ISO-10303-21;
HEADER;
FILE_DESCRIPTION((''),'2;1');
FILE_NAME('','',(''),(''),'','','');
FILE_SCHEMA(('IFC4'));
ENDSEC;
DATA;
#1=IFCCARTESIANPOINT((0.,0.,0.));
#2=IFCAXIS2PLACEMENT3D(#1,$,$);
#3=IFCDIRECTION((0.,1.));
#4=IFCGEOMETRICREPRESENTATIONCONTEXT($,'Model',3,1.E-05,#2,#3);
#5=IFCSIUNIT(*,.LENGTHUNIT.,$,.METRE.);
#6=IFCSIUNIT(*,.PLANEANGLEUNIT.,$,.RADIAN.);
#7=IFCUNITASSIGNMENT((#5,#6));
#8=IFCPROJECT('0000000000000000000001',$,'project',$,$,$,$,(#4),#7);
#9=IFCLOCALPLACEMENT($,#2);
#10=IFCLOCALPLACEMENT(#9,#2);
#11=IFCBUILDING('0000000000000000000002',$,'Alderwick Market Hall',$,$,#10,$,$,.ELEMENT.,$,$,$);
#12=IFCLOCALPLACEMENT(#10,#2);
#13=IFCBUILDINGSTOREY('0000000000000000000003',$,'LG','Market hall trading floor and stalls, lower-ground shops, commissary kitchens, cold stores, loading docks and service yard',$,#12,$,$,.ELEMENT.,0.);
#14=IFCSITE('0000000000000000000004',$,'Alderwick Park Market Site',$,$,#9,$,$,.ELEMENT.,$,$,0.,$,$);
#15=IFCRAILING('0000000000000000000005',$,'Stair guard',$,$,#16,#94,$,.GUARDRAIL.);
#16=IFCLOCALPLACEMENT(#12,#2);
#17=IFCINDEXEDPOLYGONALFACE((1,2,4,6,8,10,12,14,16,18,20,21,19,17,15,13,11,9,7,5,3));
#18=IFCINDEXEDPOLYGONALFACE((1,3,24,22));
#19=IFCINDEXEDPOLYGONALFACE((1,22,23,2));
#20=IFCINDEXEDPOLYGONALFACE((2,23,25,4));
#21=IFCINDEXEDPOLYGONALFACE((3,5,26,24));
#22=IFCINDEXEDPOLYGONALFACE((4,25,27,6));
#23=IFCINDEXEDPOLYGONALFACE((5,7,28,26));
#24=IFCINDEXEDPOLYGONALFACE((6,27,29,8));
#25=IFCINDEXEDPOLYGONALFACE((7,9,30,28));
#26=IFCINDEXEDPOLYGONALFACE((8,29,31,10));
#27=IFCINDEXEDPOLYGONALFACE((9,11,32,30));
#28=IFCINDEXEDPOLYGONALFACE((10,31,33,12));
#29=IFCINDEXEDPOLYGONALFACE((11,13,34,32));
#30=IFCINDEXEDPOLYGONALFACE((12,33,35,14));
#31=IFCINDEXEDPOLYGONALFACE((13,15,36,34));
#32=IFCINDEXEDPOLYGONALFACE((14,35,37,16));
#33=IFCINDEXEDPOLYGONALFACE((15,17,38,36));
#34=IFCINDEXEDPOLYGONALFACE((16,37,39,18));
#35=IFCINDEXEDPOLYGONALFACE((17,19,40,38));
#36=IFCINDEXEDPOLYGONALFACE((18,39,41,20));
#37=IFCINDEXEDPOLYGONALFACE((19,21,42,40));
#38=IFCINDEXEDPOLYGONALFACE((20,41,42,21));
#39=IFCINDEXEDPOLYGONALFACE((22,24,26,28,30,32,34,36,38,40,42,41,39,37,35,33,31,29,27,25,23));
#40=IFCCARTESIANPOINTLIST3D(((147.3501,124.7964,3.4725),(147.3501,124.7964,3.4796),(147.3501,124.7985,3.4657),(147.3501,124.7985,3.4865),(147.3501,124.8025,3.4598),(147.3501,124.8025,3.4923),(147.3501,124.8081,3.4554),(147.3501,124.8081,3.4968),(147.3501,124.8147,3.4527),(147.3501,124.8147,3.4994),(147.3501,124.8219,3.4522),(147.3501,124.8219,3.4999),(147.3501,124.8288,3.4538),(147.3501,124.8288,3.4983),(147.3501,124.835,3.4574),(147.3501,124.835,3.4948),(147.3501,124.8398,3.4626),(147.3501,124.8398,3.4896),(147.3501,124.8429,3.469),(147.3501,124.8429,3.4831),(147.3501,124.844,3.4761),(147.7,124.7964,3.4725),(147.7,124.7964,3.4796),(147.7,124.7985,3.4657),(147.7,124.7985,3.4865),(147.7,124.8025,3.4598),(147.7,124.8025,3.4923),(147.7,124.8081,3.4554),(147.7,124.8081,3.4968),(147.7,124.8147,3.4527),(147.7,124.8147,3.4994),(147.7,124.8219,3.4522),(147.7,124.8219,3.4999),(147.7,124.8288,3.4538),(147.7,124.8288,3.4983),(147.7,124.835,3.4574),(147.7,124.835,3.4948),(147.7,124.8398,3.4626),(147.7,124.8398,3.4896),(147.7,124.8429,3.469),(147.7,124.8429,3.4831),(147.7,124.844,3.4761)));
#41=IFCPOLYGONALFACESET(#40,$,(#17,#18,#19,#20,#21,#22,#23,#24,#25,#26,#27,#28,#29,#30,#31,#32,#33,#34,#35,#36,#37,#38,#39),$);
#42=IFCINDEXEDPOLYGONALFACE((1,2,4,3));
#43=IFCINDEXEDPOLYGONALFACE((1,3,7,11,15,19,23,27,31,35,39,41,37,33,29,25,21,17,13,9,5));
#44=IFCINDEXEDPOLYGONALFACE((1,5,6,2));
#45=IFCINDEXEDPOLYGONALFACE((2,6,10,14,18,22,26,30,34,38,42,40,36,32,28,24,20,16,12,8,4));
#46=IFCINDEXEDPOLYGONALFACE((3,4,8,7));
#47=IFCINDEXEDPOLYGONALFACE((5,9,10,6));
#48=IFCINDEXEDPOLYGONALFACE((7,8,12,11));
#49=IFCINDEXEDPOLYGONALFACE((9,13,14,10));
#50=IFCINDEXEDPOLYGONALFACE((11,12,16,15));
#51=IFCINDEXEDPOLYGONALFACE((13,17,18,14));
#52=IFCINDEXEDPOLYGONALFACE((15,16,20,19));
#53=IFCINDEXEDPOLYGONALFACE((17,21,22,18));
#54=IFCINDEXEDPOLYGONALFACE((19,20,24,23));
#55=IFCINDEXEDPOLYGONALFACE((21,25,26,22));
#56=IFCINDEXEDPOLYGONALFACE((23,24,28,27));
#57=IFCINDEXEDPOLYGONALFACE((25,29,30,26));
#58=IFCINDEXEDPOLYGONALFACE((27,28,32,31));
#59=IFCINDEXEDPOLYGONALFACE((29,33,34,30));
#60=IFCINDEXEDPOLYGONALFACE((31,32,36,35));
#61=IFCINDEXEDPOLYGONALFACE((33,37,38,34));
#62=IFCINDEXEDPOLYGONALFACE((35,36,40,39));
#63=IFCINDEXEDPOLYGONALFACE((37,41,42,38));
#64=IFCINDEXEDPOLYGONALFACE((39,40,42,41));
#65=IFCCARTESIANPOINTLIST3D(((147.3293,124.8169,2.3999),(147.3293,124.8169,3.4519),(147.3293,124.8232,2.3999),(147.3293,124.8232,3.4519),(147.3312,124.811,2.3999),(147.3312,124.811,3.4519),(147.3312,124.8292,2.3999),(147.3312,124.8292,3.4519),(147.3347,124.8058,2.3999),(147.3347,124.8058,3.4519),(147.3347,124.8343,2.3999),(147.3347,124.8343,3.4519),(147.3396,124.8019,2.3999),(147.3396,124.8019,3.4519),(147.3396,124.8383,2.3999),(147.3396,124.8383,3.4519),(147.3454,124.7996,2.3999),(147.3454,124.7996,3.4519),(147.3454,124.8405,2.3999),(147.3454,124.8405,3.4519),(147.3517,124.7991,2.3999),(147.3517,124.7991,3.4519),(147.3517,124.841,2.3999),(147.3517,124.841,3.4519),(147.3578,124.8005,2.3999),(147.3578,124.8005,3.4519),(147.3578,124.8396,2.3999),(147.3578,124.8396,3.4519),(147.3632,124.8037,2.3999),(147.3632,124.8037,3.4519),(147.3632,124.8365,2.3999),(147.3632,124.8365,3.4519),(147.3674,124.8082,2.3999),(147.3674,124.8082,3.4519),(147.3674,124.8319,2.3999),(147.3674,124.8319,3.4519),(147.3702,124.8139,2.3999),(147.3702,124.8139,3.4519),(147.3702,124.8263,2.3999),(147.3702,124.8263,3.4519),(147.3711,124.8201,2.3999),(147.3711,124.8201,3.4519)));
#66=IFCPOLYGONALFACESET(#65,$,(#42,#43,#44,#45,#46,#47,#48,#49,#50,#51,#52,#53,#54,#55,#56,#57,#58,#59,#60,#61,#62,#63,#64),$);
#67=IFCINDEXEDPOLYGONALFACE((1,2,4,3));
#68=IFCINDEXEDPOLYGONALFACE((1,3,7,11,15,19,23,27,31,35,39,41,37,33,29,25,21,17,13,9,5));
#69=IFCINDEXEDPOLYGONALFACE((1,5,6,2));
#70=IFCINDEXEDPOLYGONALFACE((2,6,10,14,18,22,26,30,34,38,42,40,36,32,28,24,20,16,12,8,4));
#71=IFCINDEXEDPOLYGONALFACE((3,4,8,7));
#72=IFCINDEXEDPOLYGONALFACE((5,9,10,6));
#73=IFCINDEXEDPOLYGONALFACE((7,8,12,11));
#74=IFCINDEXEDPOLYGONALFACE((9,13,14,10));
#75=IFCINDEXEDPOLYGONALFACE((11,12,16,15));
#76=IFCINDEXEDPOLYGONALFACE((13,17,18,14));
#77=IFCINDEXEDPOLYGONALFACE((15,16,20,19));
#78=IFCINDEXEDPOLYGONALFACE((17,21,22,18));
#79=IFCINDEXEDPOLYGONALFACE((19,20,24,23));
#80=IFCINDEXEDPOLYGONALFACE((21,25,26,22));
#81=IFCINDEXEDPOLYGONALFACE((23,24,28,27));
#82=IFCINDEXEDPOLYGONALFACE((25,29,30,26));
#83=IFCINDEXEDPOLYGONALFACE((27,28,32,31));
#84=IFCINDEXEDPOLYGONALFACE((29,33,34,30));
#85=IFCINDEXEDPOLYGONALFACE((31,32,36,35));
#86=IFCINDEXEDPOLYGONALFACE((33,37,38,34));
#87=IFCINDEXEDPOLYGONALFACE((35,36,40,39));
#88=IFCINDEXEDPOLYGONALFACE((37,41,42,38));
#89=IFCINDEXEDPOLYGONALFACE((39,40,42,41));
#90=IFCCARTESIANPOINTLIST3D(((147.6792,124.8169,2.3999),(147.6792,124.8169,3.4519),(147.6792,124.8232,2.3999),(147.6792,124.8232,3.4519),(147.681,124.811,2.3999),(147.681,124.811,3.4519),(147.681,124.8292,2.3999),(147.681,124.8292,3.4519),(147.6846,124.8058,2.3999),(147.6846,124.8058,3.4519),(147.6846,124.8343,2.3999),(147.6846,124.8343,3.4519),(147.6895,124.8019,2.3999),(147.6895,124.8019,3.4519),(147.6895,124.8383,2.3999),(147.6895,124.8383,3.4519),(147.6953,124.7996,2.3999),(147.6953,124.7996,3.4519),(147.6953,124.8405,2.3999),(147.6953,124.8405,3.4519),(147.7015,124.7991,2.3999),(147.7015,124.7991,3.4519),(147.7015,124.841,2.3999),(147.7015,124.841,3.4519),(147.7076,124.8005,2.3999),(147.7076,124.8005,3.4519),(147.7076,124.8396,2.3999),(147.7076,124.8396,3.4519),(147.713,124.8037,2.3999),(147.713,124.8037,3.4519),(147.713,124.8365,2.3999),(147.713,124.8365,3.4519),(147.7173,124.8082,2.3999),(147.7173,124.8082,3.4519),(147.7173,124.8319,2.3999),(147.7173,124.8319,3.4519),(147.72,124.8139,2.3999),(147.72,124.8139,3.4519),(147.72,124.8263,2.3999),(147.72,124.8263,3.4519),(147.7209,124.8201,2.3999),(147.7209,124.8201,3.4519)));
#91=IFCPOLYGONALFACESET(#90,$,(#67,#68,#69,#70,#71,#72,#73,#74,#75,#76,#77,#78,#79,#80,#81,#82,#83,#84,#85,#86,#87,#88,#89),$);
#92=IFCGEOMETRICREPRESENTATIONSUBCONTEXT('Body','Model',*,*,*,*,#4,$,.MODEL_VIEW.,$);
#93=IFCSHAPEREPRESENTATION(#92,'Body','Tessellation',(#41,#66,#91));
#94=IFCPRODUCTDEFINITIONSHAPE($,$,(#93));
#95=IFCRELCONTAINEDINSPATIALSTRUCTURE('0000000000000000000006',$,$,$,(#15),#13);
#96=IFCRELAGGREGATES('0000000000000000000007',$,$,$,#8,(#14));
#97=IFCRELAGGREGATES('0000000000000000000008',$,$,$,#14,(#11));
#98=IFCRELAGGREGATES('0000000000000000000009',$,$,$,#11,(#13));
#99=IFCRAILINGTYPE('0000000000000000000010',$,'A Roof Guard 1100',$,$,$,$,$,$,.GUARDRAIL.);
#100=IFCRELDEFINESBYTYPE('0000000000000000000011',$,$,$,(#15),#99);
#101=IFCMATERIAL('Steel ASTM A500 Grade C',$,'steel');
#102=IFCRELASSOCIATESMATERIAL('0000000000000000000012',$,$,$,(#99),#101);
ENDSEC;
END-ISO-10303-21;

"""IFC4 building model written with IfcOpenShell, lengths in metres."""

from ifc_helpers import new_model, si_unit, direction, frame, origin, origin_2d, place, context, subcontext, project, spatial, circle, extrude, material, type_object, element, save


model = new_model("IFC4")

# Units and contexts
model_context = context("Model", 3, precision=1e-05, world=origin(), true_north=direction((0.0, 1.0)))
body_context = subcontext(model_context, "Body", "Model", "MODEL_VIEW")
ifc_project = project(units=[si_unit("LENGTHUNIT", "METRE"), si_unit("PLANEANGLEUNIT", "RADIAN")], contexts=[model_context])

# Site, building, storey
site_placement = place(None, origin())
site = spatial("IfcSite", under=ifc_project, at=site_placement, Name="Alderwick Park Market Site", CompositionType="ELEMENT", RefElevation=0.0)
building_placement = place(site_placement, origin())
building = spatial("IfcBuilding", under=site, at=building_placement, Name="Alderwick Market Hall", CompositionType="ELEMENT")
storey_placement = place(building_placement, origin())
storey = spatial("IfcBuildingStorey", under=building, at=storey_placement, Name="LG", Description="Market hall trading floor and stalls, lower-ground shops, commissary kitchens, cold stores, loading docks and service yard", CompositionType="ELEMENT", Elevation=0.0)

# Railing
ifc_material_1 = material(Name="Steel ASTM A500 Grade C", Category="steel")
railing_type = type_object("IfcRailingType", Name="A Roof Guard 1100", PredefinedType="GUARDRAIL", material=ifc_material_1)
railing_1_placement = place(storey_placement, frame((147.3501, 124.8201, 2.3999)))
element("IfcRailing", 1, at=railing_1_placement, inside=storey, type_object=railing_type, Name="Stair guard", PredefinedType="GUARDRAIL", context=body_context, shape_type="SweptSolid", body=[
    extrude(circle(Radius=0.0239, at=origin_2d()), frame((0.0, 0.0, 1.0762), z_axis=(1.0, 0.0, 0.0), x_axis=(0.0, 1.0, 0.0)), (0.0, 0.0, 1.0), 0.3499),
    extrude(circle(Radius=0.021, at=origin_2d()), origin(), (0.0, 0.0, 1.0), 1.052),
    extrude(circle(Radius=0.021, at=origin_2d()), frame((0.3499, 0.0, 0.0)), (0.0, 0.0, 1.0), 1.052),
])

save(model, "model.ifc")
